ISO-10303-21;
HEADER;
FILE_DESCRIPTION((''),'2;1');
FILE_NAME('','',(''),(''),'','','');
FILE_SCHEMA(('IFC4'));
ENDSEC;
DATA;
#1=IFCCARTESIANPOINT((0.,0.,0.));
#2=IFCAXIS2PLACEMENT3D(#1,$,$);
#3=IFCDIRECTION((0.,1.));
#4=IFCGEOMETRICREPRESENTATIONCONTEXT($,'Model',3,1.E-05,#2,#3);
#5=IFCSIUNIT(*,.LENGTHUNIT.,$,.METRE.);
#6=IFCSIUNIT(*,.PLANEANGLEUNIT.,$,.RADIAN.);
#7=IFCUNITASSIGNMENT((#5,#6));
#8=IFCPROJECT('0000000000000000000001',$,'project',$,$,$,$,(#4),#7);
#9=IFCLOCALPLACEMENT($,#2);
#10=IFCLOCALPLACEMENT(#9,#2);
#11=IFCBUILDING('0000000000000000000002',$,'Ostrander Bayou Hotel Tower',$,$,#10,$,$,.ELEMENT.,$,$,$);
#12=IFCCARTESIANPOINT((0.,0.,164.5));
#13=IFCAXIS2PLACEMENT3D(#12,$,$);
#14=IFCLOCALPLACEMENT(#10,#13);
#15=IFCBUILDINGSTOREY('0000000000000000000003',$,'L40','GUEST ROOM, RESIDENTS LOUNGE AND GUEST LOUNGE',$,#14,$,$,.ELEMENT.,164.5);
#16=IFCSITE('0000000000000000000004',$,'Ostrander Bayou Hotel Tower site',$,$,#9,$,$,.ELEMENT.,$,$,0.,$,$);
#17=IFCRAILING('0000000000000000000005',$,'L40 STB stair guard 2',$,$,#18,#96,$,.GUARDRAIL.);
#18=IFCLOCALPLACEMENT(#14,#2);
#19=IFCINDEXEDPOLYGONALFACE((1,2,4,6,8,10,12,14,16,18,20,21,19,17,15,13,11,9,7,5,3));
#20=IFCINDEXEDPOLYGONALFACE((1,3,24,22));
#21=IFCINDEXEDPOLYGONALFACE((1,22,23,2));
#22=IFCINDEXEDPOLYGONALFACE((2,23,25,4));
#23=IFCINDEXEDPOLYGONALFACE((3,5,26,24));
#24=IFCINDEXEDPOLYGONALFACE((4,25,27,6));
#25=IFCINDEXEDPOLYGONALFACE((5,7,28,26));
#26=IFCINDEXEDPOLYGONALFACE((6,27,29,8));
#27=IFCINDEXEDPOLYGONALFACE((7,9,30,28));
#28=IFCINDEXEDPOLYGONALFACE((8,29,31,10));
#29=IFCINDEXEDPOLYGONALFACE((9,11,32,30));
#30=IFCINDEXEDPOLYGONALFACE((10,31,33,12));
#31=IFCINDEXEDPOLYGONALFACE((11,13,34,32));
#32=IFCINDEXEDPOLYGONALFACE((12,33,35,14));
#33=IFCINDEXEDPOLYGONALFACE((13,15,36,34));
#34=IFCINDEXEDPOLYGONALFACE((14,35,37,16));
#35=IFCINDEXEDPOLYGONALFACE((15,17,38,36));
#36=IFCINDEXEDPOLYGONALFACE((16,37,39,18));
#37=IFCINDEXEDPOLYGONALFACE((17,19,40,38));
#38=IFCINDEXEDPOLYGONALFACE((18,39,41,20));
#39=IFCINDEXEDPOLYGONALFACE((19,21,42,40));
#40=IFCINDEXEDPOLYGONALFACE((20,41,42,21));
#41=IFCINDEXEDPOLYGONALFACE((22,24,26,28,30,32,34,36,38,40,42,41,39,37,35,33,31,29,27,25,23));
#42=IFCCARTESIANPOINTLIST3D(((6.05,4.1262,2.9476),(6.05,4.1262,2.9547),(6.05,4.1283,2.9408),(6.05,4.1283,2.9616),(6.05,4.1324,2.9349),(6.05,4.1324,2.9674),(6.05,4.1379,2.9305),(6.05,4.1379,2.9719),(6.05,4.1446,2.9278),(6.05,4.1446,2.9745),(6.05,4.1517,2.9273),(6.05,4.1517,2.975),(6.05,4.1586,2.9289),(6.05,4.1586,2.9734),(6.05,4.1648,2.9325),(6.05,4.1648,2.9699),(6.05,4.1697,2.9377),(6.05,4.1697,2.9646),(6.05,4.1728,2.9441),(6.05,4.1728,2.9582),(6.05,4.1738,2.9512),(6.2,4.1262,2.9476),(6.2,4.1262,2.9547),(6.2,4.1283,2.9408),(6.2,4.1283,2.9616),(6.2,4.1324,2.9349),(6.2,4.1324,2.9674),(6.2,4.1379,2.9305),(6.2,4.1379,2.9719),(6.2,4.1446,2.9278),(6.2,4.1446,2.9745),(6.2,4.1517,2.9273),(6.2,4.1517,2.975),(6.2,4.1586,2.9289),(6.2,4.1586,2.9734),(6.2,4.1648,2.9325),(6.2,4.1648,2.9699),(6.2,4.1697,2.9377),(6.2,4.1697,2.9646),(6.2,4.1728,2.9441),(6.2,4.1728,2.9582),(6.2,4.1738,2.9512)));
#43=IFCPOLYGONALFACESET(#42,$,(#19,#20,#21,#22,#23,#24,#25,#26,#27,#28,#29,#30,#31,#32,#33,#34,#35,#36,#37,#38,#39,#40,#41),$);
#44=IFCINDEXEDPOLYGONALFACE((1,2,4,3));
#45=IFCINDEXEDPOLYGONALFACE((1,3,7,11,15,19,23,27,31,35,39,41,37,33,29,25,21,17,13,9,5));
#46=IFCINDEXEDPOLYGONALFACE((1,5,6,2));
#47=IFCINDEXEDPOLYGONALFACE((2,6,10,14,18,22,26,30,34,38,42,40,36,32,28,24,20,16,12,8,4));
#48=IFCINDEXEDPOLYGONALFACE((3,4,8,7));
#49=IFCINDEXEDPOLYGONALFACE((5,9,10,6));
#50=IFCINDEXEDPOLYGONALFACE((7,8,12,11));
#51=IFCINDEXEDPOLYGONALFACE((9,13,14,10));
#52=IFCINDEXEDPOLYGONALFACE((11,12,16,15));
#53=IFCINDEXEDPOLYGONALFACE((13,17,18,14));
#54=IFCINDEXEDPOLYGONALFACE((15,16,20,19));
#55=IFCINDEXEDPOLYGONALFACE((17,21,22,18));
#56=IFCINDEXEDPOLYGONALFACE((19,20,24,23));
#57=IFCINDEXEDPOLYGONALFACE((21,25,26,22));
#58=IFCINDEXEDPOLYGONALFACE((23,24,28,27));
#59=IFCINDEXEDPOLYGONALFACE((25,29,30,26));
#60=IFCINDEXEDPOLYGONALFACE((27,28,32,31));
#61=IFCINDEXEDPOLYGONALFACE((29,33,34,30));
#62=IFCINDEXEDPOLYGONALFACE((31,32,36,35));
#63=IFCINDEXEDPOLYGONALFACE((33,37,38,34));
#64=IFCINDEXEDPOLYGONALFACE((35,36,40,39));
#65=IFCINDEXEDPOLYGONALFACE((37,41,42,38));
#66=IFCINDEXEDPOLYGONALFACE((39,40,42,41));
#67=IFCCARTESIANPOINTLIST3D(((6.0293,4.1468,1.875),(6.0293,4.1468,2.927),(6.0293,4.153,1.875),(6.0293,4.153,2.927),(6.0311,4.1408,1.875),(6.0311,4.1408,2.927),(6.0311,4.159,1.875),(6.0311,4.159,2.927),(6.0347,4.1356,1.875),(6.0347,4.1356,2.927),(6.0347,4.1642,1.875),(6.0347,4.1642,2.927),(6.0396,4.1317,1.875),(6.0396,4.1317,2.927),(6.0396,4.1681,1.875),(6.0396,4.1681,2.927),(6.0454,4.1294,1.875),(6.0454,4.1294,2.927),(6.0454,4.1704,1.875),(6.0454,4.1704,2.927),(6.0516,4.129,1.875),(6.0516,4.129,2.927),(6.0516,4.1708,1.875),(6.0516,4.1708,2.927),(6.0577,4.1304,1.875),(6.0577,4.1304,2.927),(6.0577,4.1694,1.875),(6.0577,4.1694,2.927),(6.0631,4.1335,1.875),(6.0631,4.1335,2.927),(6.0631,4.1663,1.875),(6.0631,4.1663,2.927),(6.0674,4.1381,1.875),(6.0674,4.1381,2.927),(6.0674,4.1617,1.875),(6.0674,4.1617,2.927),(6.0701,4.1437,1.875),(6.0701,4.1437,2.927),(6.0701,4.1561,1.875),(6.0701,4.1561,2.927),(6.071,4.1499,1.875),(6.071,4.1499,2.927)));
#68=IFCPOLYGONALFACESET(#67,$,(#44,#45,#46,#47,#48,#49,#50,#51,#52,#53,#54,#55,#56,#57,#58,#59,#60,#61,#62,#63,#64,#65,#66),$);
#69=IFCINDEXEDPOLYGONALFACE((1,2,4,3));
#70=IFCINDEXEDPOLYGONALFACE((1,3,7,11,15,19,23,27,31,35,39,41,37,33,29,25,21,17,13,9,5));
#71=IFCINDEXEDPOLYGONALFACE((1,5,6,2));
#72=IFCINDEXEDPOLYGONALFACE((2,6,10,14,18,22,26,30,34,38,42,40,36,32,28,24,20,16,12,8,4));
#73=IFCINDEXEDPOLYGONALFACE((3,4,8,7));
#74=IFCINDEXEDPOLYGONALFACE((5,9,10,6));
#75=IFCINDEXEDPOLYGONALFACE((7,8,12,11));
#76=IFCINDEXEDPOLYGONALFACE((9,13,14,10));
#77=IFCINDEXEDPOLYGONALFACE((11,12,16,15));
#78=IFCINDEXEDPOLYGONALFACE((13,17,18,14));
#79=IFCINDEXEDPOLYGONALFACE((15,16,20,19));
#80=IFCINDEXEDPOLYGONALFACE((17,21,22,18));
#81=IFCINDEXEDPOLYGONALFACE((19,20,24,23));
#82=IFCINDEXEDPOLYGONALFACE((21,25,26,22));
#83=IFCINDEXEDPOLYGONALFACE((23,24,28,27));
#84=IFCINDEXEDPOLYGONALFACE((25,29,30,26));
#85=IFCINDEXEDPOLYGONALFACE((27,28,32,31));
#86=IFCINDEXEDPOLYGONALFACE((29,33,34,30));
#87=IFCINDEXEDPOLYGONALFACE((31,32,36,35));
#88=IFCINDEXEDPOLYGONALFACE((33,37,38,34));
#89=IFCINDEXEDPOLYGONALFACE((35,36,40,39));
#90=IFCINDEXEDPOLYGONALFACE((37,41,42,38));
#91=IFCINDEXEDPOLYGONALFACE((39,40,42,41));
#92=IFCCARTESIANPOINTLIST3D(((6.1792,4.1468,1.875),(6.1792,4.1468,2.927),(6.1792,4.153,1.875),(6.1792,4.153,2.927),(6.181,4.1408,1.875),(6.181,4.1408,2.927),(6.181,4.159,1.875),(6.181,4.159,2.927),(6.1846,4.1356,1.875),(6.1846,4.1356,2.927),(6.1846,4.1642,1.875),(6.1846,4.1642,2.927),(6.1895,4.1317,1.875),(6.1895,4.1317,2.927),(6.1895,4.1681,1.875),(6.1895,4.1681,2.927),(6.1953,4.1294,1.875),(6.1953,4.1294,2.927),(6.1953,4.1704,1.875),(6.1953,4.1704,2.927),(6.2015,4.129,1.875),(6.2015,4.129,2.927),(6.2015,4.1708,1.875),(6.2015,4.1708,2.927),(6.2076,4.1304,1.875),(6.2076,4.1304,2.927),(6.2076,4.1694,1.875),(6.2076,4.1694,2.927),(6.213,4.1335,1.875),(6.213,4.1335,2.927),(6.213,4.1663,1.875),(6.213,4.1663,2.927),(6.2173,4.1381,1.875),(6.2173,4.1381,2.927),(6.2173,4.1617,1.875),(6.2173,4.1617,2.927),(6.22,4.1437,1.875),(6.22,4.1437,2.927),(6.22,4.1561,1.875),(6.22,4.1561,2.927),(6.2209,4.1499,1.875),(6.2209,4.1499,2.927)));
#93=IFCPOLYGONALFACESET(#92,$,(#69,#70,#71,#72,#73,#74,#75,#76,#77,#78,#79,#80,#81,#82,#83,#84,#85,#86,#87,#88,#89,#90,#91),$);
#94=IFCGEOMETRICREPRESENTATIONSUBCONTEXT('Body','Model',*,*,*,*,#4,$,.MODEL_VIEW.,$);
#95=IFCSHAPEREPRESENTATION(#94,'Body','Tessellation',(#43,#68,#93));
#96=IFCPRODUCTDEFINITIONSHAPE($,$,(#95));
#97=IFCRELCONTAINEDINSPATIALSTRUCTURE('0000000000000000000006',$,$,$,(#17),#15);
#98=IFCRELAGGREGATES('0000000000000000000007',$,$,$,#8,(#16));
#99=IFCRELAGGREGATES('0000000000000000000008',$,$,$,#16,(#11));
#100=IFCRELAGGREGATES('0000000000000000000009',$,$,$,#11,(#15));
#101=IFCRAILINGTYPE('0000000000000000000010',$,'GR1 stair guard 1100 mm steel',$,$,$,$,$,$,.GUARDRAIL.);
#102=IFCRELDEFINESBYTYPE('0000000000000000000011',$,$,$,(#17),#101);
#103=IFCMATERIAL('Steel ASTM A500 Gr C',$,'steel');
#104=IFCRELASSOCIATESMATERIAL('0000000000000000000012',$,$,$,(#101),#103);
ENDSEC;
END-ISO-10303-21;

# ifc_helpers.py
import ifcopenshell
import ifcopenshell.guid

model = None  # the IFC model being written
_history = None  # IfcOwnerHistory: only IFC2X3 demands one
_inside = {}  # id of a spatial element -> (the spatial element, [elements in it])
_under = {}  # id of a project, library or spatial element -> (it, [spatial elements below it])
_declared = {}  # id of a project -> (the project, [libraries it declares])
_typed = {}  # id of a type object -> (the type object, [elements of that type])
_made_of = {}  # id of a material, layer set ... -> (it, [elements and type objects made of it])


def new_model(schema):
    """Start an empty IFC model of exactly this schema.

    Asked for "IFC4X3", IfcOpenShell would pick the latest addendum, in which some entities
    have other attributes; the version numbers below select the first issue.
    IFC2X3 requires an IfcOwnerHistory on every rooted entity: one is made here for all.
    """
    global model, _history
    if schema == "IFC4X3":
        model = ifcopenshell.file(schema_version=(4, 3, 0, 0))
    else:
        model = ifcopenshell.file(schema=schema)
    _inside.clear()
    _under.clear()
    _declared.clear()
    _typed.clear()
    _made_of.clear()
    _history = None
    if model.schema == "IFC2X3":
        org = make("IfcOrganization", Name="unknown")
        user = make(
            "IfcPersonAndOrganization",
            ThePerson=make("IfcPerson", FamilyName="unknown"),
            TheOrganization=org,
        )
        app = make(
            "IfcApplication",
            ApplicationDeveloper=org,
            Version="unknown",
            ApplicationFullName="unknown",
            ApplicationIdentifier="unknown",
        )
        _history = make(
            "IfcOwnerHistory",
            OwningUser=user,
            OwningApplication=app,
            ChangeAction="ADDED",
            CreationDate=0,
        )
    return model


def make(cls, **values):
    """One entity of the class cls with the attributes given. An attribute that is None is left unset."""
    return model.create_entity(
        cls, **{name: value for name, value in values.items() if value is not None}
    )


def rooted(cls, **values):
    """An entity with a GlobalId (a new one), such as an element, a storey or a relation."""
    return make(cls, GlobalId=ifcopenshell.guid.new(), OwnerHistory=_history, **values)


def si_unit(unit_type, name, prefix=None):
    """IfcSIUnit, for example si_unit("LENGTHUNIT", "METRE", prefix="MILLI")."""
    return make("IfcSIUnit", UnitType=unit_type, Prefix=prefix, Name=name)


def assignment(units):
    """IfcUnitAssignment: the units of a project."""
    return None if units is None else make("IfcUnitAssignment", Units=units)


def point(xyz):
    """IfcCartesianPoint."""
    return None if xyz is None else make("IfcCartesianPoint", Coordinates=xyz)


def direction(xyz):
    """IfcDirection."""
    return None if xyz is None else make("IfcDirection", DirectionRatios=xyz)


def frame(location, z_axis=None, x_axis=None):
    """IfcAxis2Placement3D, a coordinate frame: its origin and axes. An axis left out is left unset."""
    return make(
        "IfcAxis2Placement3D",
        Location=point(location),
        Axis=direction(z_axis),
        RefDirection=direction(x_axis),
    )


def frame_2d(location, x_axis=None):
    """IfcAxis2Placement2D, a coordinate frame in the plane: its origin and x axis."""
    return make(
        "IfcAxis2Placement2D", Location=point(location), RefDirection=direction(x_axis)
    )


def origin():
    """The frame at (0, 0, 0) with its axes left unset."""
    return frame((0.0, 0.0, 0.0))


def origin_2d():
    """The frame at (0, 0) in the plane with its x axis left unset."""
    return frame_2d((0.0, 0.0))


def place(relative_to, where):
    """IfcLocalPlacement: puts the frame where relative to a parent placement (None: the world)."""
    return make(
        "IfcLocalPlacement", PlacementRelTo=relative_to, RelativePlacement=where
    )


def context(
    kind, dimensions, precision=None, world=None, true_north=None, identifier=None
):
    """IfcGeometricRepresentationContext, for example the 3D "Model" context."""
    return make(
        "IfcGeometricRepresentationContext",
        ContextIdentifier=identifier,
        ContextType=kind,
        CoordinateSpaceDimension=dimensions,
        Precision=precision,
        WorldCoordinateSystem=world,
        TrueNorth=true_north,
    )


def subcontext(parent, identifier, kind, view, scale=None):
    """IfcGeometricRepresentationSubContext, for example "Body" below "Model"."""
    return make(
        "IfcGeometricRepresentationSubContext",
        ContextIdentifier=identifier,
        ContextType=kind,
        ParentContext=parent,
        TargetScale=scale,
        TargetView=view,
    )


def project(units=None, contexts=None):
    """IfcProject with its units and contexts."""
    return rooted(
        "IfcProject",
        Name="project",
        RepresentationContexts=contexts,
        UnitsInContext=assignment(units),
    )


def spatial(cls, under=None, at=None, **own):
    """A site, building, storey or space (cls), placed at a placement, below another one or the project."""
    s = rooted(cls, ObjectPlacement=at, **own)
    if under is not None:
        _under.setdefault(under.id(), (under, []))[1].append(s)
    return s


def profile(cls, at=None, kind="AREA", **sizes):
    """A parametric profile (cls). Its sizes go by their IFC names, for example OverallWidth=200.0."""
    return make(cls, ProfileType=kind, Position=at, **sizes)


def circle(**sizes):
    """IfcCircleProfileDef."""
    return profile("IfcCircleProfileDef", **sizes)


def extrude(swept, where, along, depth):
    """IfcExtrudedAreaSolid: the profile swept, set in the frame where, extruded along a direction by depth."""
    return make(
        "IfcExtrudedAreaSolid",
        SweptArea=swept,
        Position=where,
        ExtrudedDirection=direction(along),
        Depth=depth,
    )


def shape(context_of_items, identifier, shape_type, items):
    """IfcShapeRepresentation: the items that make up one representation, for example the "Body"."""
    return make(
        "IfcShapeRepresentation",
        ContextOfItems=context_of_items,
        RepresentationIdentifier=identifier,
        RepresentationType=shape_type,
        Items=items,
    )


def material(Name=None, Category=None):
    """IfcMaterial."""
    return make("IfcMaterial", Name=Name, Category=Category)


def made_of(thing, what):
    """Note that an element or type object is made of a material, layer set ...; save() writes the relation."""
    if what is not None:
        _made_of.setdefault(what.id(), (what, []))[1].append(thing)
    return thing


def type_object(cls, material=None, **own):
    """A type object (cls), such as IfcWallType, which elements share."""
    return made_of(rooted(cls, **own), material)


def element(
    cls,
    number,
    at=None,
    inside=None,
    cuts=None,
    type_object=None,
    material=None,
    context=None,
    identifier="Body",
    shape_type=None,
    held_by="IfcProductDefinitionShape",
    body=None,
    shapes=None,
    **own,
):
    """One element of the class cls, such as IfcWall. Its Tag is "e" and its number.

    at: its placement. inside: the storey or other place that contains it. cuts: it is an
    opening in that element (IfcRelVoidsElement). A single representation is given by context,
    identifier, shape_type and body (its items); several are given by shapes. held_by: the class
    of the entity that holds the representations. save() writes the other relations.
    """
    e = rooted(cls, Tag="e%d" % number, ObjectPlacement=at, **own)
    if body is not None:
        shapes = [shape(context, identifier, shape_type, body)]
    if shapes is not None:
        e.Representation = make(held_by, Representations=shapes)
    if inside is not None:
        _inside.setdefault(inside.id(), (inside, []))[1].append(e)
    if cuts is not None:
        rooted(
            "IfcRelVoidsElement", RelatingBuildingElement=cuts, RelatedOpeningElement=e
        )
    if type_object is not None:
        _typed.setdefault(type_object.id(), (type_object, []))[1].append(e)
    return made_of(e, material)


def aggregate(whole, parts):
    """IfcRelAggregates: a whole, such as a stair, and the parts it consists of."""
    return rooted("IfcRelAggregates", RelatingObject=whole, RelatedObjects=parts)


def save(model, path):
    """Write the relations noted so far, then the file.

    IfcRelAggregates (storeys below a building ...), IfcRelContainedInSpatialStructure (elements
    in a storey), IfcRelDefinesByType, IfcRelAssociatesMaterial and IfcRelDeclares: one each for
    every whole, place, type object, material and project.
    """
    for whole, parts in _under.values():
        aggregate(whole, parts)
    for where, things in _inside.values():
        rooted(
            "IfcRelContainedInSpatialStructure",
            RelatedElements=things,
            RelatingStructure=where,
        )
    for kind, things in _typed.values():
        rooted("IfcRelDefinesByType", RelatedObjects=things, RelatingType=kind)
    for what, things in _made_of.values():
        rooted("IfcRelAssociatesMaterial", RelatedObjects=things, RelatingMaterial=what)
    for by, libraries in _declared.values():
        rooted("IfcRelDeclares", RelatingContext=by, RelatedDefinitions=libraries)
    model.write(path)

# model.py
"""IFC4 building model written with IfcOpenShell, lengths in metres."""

from ifc_helpers import new_model, si_unit, direction, frame, origin, origin_2d, place, context, subcontext, project, spatial, circle, extrude, material, type_object, element, save


model = new_model("IFC4")

# Units and contexts
model_context = context("Model", 3, precision=1e-05, world=origin(), true_north=direction((0.0, 1.0)))
body_context = subcontext(model_context, "Body", "Model", "MODEL_VIEW")
ifc_project = project(units=[si_unit("LENGTHUNIT", "METRE"), si_unit("PLANEANGLEUNIT", "RADIAN")], contexts=[model_context])

# Site, building, storey
site_placement = place(None, origin())
site = spatial("IfcSite", under=ifc_project, at=site_placement, Name="Ostrander Bayou Hotel Tower site", CompositionType="ELEMENT", RefElevation=0.0)
building_placement = place(site_placement, origin())
building = spatial("IfcBuilding", under=site, at=building_placement, Name="Ostrander Bayou Hotel Tower", CompositionType="ELEMENT")
storey_placement = place(building_placement, frame((0.0, 0.0, 164.5)))
storey = spatial("IfcBuildingStorey", under=building, at=storey_placement, Name="L40", Description="GUEST ROOM, RESIDENTS LOUNGE AND GUEST LOUNGE", CompositionType="ELEMENT", Elevation=164.5)

# Railing
ifc_material_1 = material(Name="Steel ASTM A500 Gr C", Category="steel")
railing_type = type_object("IfcRailingType", Name="GR1 stair guard 1100 mm steel", PredefinedType="GUARDRAIL", material=ifc_material_1)
railing_1_placement = place(storey_placement, frame((6.05, 4.1499, 1.875)))
element("IfcRailing", 1, at=railing_1_placement, inside=storey, type_object=railing_type, Name="L40 STB stair guard 2", PredefinedType="GUARDRAIL", context=body_context, shape_type="SweptSolid", body=[
    extrude(circle(Radius=0.0239, at=origin_2d()), frame((0.0, 0.0, 1.0762), z_axis=(1.0, 0.0, 0.0), x_axis=(0.0, 1.0, 0.0)), (0.0, 0.0, 1.0), 0.1499),
    extrude(circle(Radius=0.021, at=origin_2d()), origin(), (0.0, 0.0, 1.0), 1.052),
    extrude(circle(Radius=0.021, at=origin_2d()), frame((0.1499, 0.0, 0.0)), (0.0, 0.0, 1.0), 1.052),
])

save(model, "model.ifc")
